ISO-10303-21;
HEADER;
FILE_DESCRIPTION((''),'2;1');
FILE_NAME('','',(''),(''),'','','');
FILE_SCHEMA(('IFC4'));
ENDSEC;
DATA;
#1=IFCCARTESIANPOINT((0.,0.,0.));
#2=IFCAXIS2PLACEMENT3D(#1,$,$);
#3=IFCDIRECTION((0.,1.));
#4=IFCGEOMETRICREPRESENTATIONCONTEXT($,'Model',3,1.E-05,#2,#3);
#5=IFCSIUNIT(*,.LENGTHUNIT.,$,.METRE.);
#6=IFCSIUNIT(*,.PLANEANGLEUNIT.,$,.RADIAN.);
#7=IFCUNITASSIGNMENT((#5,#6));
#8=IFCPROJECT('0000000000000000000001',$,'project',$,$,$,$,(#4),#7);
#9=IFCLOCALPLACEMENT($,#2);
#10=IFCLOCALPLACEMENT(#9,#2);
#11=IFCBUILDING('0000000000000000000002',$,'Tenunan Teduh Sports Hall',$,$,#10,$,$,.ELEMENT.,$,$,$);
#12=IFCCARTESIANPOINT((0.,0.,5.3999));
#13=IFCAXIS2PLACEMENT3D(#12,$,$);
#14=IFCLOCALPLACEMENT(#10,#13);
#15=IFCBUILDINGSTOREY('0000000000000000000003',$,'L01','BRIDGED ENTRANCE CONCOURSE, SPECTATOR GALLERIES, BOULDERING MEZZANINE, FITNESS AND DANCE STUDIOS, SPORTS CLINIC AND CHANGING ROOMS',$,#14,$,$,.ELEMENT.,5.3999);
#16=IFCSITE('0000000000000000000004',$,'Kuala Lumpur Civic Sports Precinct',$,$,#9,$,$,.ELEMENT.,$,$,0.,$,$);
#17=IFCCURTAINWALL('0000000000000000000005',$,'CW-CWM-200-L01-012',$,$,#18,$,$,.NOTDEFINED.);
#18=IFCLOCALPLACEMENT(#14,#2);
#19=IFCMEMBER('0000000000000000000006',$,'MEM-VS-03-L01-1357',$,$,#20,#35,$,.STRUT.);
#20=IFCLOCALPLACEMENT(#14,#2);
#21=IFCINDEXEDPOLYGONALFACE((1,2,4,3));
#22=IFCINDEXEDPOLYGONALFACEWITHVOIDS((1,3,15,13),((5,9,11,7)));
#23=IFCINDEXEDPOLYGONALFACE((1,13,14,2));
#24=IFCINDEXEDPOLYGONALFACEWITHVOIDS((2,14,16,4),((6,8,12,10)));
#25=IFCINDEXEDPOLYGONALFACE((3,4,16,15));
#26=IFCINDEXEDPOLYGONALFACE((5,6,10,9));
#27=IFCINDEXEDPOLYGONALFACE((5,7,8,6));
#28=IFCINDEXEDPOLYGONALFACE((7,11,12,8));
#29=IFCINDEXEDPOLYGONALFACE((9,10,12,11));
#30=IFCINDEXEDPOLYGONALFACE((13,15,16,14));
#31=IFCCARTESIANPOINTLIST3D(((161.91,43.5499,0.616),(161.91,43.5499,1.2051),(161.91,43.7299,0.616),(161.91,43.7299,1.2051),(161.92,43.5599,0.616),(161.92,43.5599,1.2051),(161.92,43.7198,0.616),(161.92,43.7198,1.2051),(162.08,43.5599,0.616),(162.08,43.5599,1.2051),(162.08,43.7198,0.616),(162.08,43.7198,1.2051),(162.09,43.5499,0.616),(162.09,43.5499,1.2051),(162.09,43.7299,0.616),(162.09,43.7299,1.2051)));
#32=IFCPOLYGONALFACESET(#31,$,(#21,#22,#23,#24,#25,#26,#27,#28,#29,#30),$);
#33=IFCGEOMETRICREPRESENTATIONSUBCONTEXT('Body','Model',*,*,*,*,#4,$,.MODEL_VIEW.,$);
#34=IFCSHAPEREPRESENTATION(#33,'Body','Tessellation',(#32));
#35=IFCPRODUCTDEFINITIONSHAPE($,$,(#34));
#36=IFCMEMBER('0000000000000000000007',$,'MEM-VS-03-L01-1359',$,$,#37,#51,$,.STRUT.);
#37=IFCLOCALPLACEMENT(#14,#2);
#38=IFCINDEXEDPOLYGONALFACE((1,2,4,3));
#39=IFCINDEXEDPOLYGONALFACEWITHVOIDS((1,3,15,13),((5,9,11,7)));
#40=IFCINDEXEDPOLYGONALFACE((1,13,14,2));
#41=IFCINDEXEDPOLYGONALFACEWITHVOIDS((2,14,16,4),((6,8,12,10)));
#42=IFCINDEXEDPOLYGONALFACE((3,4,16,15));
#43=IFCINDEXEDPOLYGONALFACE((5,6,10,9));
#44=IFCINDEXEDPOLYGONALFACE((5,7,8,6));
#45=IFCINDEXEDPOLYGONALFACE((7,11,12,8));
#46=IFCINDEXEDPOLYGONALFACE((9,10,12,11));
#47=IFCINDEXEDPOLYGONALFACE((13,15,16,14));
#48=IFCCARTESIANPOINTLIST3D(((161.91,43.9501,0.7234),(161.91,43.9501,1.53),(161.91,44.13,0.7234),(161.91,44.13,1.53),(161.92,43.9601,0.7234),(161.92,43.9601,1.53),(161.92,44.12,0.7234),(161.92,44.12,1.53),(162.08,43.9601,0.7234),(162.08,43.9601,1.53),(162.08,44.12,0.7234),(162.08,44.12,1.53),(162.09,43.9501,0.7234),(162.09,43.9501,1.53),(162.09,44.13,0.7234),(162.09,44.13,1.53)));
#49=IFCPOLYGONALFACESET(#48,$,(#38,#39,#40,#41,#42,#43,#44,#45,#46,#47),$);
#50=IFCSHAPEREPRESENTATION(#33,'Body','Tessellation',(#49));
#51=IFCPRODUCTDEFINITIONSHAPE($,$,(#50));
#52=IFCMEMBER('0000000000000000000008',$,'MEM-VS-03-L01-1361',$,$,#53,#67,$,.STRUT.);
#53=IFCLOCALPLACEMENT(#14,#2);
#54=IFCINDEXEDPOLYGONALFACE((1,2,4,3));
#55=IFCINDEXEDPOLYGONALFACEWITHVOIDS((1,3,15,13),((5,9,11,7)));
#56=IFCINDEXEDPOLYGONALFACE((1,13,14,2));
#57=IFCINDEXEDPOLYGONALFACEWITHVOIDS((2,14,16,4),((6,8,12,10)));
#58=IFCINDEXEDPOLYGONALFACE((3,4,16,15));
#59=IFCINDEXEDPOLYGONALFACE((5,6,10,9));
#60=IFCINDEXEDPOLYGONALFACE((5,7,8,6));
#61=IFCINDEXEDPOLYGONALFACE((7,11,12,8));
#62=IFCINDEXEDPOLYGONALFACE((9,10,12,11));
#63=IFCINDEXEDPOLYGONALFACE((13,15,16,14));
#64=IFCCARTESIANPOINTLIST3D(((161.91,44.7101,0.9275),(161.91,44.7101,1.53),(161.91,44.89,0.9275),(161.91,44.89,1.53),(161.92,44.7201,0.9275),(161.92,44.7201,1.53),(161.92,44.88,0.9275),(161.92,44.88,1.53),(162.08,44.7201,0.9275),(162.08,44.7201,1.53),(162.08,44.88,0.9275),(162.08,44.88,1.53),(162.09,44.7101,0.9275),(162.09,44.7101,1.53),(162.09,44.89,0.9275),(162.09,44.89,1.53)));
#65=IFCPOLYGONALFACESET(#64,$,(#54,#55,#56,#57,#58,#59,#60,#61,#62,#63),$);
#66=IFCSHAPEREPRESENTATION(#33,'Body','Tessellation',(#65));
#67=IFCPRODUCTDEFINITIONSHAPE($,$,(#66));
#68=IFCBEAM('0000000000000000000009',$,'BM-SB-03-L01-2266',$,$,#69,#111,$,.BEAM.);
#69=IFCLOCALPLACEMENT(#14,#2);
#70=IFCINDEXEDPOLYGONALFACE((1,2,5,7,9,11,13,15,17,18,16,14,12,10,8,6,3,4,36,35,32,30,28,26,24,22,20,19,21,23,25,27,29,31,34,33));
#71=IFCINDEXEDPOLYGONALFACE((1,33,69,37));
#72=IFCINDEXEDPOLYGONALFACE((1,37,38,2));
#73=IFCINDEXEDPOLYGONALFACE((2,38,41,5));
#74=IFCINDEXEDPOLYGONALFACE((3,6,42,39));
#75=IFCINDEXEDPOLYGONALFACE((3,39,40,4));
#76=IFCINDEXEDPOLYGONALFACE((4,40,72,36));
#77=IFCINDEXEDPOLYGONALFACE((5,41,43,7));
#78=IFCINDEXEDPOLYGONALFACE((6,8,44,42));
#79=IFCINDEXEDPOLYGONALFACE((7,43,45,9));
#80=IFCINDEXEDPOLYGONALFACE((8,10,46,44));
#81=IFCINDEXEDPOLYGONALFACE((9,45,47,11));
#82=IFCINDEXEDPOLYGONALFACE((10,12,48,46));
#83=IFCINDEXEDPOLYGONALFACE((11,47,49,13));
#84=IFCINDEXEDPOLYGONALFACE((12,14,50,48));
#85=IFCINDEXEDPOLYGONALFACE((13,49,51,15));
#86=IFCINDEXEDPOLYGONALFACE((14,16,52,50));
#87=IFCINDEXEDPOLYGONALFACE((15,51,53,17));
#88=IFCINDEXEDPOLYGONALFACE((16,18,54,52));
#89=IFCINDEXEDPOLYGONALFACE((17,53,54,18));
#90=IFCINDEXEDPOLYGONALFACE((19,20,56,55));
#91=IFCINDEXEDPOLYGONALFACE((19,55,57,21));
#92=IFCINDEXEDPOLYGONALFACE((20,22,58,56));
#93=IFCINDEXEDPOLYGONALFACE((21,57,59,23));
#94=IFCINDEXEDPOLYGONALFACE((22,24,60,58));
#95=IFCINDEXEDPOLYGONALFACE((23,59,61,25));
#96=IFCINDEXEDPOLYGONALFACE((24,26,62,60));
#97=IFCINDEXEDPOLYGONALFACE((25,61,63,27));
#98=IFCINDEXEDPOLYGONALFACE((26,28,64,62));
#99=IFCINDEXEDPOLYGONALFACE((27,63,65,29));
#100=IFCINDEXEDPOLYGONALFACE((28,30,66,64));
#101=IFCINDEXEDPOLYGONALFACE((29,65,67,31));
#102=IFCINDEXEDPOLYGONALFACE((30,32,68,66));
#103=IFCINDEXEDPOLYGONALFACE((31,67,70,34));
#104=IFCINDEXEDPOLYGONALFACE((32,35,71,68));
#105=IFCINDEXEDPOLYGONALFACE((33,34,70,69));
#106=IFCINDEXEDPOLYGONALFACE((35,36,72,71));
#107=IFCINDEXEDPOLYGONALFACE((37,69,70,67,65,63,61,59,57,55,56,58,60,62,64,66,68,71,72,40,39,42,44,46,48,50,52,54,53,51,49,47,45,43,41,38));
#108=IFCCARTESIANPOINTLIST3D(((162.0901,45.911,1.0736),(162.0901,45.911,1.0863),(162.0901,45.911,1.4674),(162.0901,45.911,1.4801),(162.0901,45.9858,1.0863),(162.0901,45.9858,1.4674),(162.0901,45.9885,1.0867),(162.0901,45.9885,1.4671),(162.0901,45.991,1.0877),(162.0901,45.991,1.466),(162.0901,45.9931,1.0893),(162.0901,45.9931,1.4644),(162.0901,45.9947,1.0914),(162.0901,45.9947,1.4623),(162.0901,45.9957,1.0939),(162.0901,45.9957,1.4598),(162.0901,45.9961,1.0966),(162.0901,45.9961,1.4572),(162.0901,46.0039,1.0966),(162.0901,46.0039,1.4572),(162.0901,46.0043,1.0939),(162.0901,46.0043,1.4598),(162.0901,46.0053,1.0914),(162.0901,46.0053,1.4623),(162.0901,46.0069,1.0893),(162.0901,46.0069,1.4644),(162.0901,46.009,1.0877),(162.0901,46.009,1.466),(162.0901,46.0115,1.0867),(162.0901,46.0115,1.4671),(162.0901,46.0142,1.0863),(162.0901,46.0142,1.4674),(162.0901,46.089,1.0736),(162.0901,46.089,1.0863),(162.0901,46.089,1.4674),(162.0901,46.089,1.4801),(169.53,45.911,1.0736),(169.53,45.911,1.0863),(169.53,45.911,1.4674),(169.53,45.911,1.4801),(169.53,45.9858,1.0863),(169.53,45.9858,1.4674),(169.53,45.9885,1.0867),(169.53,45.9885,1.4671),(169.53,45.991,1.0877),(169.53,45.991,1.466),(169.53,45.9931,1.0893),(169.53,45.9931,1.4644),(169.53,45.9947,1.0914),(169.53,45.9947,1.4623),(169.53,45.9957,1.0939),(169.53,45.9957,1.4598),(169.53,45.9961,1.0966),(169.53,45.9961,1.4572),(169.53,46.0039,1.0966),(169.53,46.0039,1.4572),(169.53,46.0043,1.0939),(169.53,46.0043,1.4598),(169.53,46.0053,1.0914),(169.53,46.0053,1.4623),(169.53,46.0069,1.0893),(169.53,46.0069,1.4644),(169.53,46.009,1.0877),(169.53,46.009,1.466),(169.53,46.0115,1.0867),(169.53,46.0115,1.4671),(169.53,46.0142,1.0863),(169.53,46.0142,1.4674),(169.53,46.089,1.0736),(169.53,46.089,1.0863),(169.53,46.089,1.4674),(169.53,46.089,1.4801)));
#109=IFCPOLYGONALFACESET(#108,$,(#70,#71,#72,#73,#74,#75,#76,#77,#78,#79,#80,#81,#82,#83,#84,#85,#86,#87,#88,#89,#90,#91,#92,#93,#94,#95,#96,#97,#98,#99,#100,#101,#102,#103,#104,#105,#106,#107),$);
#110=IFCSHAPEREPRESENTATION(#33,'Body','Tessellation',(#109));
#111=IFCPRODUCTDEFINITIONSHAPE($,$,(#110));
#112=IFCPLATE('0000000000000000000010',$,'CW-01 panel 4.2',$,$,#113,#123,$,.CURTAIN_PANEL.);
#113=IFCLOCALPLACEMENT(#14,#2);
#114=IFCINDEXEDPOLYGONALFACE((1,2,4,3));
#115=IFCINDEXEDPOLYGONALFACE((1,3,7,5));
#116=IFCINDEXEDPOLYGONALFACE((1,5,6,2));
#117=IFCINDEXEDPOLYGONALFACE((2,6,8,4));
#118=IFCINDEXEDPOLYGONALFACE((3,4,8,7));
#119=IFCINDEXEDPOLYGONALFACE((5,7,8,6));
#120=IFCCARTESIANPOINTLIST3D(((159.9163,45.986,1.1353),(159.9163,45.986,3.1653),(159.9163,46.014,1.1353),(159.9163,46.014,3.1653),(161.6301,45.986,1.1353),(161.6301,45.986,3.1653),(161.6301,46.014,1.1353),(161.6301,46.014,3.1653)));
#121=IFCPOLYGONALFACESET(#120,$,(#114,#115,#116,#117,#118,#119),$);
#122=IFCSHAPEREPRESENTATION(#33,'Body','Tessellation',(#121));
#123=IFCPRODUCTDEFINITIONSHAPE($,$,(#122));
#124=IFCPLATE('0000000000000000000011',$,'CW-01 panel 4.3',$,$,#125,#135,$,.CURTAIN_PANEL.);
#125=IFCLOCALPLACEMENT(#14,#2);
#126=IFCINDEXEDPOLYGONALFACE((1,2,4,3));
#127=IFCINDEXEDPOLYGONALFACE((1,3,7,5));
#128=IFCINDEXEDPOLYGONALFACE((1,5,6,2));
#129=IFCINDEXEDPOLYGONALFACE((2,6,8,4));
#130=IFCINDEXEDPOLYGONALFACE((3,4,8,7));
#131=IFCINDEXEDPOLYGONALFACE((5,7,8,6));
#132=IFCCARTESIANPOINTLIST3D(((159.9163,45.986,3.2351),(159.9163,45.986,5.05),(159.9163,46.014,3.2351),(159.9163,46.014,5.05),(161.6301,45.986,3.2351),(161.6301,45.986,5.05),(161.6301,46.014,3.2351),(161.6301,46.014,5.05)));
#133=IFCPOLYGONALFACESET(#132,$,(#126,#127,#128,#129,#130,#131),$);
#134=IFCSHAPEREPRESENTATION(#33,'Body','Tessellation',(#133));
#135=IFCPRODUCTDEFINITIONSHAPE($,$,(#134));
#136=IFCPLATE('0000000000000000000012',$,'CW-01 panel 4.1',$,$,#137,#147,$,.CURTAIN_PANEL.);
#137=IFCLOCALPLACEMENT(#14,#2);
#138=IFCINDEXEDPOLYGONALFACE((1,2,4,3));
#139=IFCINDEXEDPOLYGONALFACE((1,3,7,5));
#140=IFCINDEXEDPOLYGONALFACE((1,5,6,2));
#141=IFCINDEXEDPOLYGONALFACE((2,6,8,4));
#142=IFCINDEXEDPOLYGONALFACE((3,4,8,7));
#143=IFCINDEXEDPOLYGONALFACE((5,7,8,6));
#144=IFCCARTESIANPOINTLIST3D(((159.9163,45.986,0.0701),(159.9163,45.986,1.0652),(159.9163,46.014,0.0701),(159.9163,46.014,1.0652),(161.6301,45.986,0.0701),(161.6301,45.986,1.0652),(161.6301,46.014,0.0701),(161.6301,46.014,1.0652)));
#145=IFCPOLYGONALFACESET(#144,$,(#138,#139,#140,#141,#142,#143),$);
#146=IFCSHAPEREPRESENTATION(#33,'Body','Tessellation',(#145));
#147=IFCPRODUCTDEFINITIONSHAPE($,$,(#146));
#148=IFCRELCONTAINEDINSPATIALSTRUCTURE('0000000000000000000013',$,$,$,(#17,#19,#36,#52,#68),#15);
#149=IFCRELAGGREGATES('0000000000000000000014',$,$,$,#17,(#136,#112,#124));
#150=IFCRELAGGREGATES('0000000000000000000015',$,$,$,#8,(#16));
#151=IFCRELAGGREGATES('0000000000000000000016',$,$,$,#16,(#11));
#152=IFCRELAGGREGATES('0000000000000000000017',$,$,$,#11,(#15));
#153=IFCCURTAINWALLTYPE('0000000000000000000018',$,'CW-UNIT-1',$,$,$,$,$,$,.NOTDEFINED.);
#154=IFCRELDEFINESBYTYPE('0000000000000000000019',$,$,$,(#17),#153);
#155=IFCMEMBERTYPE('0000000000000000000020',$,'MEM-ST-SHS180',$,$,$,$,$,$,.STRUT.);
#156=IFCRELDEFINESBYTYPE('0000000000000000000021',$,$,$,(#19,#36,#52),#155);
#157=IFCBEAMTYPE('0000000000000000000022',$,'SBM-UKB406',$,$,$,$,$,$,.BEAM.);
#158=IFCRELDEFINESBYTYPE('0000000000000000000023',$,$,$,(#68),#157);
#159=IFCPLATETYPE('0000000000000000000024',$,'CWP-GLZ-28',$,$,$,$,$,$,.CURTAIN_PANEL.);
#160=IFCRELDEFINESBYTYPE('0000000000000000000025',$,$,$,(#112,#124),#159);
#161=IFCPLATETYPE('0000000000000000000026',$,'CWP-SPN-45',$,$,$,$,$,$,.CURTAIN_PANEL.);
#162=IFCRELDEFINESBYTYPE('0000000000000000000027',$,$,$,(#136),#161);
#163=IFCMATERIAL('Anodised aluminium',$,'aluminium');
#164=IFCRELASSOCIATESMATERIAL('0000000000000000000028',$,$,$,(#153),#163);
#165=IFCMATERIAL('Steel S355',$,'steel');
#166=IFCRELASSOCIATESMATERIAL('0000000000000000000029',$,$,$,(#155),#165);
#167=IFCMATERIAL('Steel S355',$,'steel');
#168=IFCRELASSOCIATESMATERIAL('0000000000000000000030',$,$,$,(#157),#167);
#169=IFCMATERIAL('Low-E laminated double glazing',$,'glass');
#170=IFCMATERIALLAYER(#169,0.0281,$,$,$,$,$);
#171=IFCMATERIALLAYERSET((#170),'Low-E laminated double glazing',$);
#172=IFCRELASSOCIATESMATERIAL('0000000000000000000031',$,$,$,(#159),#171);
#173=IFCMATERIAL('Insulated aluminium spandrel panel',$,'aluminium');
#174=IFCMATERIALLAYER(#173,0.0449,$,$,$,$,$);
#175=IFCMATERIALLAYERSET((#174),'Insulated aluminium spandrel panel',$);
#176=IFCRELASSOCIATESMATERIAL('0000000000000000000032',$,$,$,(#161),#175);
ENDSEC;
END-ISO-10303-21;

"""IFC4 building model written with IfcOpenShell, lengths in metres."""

from ifc_helpers import new_model, si_unit, direction, frame, origin, origin_2d, place, context, subcontext, project, spatial, rectangle, hollow_rectangle, i_section, extrude, material, layer, layer_set, material_profile, profile_set, type_object, element, aggregate, save


model = new_model("IFC4")

# Units and contexts
model_context = context("Model", 3, precision=1e-05, world=origin(), true_north=direction((0.0, 1.0)))
body_context = subcontext(model_context, "Body", "Model", "MODEL_VIEW")
ifc_project = project(units=[si_unit("LENGTHUNIT", "METRE"), si_unit("PLANEANGLEUNIT", "RADIAN")], contexts=[model_context])

# Site, building, storey
site_placement = place(None, origin())
site = spatial("IfcSite", under=ifc_project, at=site_placement, Name="Kuala Lumpur Civic Sports Precinct", CompositionType="ELEMENT", RefElevation=0.0)
building_placement = place(site_placement, origin())
building = spatial("IfcBuilding", under=site, at=building_placement, Name="Tenunan Teduh Sports Hall", CompositionType="ELEMENT")
storey_placement = place(building_placement, frame((0.0, 0.0, 5.3999)))
storey = spatial("IfcBuildingStorey", under=building, at=storey_placement, Name="L01", Description="BRIDGED ENTRANCE CONCOURSE, SPECTATOR GALLERIES, BOULDERING MEZZANINE, FITNESS AND DANCE STUDIOS, SPORTS CLINIC AND CHANGING ROOMS", CompositionType="ELEMENT", Elevation=5.3999)

# Curtain wall
ifc_material_1 = material(Name="Anodised aluminium", Category="aluminium")
curtain_wall_type = type_object("IfcCurtainWallType", Name="CW-UNIT-1", PredefinedType="NOTDEFINED", material=ifc_material_1)
curtain_wall_1_placement = place(storey_placement, origin())
curtain_wall_1 = element("IfcCurtainWall", 1, at=curtain_wall_1_placement, inside=storey, type_object=curtain_wall_type, Name="CW-CWM-200-L01-012", PredefinedType="NOTDEFINED")

# Members
ifc_material_2 = material(Name="Steel S355", Category="steel")
ifc_material_profile_1 = material_profile(ifc_material_2, hollow_rectangle(XDim=0.1799, YDim=0.1799, WallThickness=0.01, at=origin_2d()), Name="SHS 180x180x10.0")
ifc_profile_set_1 = profile_set([ifc_material_profile_1], Name="Steel S355")
member_type_1 = type_object("IfcMemberType", Name="MEM-ST-SHS180", PredefinedType="STRUT", material=ifc_profile_set_1)
member_1_placement = place(storey_placement, frame((162.0, 43.6399, 0.616), z_axis=(0.0, 0.0, 1.0), x_axis=(1.0, 0.0, 0.0)))
element("IfcMember", 2, at=member_1_placement, inside=storey, type_object=member_type_1, Name="MEM-VS-03-L01-1357", PredefinedType="STRUT", context=body_context, shape_type="SweptSolid", body=[
    extrude(hollow_rectangle(XDim=0.1799, YDim=0.1799, WallThickness=0.01, at=origin_2d()), origin(), (0.0, 0.0, 1.0), 0.5891),
])
member_2_placement = place(storey_placement, frame((162.0, 44.04, 0.7234), z_axis=(0.0, 0.0, 1.0), x_axis=(1.0, 0.0, 0.0)))
element("IfcMember", 3, at=member_2_placement, inside=storey, type_object=member_type_1, Name="MEM-VS-03-L01-1359", PredefinedType="STRUT", context=body_context, shape_type="SweptSolid", body=[
    extrude(hollow_rectangle(XDim=0.1799, YDim=0.1799, WallThickness=0.01, at=origin_2d()), origin(), (0.0, 0.0, 1.0), 0.8066),
])
member_3_placement = place(storey_placement, frame((162.0, 44.8, 0.9275), z_axis=(0.0, 0.0, 1.0), x_axis=(1.0, 0.0, 0.0)))
element("IfcMember", 4, at=member_3_placement, inside=storey, type_object=member_type_1, Name="MEM-VS-03-L01-1361", PredefinedType="STRUT", context=body_context, shape_type="SweptSolid", body=[
    extrude(hollow_rectangle(XDim=0.1799, YDim=0.1799, WallThickness=0.01, at=origin_2d()), origin(), (0.0, 0.0, 1.0), 0.6025),
])

# Beam
ifc_material_3 = material(Name="Steel S355", Category="steel")
ifc_material_profile_2 = material_profile(ifc_material_3, i_section(OverallWidth=0.178, OverallDepth=0.4065, WebThickness=0.0078, FlangeThickness=0.0127, FilletRadius=0.0103, at=origin_2d()), Name="UKB 406x178x60")
ifc_profile_set_2 = profile_set([ifc_material_profile_2], Name="Steel S355")
beam_type_1 = type_object("IfcBeamType", Name="SBM-UKB406", PredefinedType="BEAM", material=ifc_profile_set_2)
beam_1_placement = place(storey_placement, frame((162.0901, 46.0, 1.2769), z_axis=(1.0, 0.0, 0.0), x_axis=(0.0, 1.0, 0.0)))
element("IfcBeam", 5, at=beam_1_placement, inside=storey, type_object=beam_type_1, Name="BM-SB-03-L01-2266", PredefinedType="BEAM", context=body_context, shape_type="SweptSolid", body=[
    extrude(i_section(OverallWidth=0.178, OverallDepth=0.4065, WebThickness=0.0078, FlangeThickness=0.0127, FilletRadius=0.0103, at=origin_2d()), origin(), (0.0, 0.0, 1.0), 7.4399),
])

# Plates
ifc_material_4 = material(Name="Low-E laminated double glazing", Category="glass")
ifc_layer_1 = layer(ifc_material_4, 0.0281)
ifc_layer_set_1 = layer_set([ifc_layer_1], Name="Low-E laminated double glazing")
plate_type_1 = type_object("IfcPlateType", Name="CWP-GLZ-28", PredefinedType="CURTAIN_PANEL", material=ifc_layer_set_1)
plate_1_placement = place(storey_placement, frame((160.7732, 46.0, 1.1353), z_axis=(0.0, 0.0, 1.0), x_axis=(1.0, 0.0, 0.0)))
plate_1 = element("IfcPlate", 6, at=plate_1_placement, type_object=plate_type_1, Name="CW-01 panel 4.2", PredefinedType="CURTAIN_PANEL", context=body_context, shape_type="SweptSolid", body=[
    extrude(rectangle(XDim=1.7139, YDim=0.0281, at=origin_2d()), origin(), (0.0, 0.0, 1.0), 2.03),
])
plate_2_placement = place(storey_placement, frame((160.7732, 46.0, 3.2351), z_axis=(0.0, 0.0, 1.0), x_axis=(1.0, 0.0, 0.0)))
plate_2 = element("IfcPlate", 7, at=plate_2_placement, type_object=plate_type_1, Name="CW-01 panel 4.3", PredefinedType="CURTAIN_PANEL", context=body_context, shape_type="SweptSolid", body=[
    extrude(rectangle(XDim=1.7139, YDim=0.0281, at=origin_2d()), origin(), (0.0, 0.0, 1.0), 1.8149),
])
ifc_material_5 = material(Name="Insulated aluminium spandrel panel", Category="aluminium")
ifc_layer_2 = layer(ifc_material_5, 0.0449)
ifc_layer_set_2 = layer_set([ifc_layer_2], Name="Insulated aluminium spandrel panel")
plate_type_2 = type_object("IfcPlateType", Name="CWP-SPN-45", PredefinedType="CURTAIN_PANEL", material=ifc_layer_set_2)
plate_3_placement = place(storey_placement, frame((160.7732, 46.0, 0.0701), z_axis=(0.0, 0.0, 1.0), x_axis=(1.0, 0.0, 0.0)))
plate_3 = element("IfcPlate", 8, at=plate_3_placement, type_object=plate_type_2, Name="CW-01 panel 4.1", PredefinedType="CURTAIN_PANEL", context=body_context, shape_type="SweptSolid", body=[
    extrude(rectangle(XDim=1.7139, YDim=0.0281, at=origin_2d()), origin(), (0.0, 0.0, 1.0), 0.9951),
])
aggregate(curtain_wall_1, [plate_3, plate_1, plate_2])

save(model, "model.ifc")
